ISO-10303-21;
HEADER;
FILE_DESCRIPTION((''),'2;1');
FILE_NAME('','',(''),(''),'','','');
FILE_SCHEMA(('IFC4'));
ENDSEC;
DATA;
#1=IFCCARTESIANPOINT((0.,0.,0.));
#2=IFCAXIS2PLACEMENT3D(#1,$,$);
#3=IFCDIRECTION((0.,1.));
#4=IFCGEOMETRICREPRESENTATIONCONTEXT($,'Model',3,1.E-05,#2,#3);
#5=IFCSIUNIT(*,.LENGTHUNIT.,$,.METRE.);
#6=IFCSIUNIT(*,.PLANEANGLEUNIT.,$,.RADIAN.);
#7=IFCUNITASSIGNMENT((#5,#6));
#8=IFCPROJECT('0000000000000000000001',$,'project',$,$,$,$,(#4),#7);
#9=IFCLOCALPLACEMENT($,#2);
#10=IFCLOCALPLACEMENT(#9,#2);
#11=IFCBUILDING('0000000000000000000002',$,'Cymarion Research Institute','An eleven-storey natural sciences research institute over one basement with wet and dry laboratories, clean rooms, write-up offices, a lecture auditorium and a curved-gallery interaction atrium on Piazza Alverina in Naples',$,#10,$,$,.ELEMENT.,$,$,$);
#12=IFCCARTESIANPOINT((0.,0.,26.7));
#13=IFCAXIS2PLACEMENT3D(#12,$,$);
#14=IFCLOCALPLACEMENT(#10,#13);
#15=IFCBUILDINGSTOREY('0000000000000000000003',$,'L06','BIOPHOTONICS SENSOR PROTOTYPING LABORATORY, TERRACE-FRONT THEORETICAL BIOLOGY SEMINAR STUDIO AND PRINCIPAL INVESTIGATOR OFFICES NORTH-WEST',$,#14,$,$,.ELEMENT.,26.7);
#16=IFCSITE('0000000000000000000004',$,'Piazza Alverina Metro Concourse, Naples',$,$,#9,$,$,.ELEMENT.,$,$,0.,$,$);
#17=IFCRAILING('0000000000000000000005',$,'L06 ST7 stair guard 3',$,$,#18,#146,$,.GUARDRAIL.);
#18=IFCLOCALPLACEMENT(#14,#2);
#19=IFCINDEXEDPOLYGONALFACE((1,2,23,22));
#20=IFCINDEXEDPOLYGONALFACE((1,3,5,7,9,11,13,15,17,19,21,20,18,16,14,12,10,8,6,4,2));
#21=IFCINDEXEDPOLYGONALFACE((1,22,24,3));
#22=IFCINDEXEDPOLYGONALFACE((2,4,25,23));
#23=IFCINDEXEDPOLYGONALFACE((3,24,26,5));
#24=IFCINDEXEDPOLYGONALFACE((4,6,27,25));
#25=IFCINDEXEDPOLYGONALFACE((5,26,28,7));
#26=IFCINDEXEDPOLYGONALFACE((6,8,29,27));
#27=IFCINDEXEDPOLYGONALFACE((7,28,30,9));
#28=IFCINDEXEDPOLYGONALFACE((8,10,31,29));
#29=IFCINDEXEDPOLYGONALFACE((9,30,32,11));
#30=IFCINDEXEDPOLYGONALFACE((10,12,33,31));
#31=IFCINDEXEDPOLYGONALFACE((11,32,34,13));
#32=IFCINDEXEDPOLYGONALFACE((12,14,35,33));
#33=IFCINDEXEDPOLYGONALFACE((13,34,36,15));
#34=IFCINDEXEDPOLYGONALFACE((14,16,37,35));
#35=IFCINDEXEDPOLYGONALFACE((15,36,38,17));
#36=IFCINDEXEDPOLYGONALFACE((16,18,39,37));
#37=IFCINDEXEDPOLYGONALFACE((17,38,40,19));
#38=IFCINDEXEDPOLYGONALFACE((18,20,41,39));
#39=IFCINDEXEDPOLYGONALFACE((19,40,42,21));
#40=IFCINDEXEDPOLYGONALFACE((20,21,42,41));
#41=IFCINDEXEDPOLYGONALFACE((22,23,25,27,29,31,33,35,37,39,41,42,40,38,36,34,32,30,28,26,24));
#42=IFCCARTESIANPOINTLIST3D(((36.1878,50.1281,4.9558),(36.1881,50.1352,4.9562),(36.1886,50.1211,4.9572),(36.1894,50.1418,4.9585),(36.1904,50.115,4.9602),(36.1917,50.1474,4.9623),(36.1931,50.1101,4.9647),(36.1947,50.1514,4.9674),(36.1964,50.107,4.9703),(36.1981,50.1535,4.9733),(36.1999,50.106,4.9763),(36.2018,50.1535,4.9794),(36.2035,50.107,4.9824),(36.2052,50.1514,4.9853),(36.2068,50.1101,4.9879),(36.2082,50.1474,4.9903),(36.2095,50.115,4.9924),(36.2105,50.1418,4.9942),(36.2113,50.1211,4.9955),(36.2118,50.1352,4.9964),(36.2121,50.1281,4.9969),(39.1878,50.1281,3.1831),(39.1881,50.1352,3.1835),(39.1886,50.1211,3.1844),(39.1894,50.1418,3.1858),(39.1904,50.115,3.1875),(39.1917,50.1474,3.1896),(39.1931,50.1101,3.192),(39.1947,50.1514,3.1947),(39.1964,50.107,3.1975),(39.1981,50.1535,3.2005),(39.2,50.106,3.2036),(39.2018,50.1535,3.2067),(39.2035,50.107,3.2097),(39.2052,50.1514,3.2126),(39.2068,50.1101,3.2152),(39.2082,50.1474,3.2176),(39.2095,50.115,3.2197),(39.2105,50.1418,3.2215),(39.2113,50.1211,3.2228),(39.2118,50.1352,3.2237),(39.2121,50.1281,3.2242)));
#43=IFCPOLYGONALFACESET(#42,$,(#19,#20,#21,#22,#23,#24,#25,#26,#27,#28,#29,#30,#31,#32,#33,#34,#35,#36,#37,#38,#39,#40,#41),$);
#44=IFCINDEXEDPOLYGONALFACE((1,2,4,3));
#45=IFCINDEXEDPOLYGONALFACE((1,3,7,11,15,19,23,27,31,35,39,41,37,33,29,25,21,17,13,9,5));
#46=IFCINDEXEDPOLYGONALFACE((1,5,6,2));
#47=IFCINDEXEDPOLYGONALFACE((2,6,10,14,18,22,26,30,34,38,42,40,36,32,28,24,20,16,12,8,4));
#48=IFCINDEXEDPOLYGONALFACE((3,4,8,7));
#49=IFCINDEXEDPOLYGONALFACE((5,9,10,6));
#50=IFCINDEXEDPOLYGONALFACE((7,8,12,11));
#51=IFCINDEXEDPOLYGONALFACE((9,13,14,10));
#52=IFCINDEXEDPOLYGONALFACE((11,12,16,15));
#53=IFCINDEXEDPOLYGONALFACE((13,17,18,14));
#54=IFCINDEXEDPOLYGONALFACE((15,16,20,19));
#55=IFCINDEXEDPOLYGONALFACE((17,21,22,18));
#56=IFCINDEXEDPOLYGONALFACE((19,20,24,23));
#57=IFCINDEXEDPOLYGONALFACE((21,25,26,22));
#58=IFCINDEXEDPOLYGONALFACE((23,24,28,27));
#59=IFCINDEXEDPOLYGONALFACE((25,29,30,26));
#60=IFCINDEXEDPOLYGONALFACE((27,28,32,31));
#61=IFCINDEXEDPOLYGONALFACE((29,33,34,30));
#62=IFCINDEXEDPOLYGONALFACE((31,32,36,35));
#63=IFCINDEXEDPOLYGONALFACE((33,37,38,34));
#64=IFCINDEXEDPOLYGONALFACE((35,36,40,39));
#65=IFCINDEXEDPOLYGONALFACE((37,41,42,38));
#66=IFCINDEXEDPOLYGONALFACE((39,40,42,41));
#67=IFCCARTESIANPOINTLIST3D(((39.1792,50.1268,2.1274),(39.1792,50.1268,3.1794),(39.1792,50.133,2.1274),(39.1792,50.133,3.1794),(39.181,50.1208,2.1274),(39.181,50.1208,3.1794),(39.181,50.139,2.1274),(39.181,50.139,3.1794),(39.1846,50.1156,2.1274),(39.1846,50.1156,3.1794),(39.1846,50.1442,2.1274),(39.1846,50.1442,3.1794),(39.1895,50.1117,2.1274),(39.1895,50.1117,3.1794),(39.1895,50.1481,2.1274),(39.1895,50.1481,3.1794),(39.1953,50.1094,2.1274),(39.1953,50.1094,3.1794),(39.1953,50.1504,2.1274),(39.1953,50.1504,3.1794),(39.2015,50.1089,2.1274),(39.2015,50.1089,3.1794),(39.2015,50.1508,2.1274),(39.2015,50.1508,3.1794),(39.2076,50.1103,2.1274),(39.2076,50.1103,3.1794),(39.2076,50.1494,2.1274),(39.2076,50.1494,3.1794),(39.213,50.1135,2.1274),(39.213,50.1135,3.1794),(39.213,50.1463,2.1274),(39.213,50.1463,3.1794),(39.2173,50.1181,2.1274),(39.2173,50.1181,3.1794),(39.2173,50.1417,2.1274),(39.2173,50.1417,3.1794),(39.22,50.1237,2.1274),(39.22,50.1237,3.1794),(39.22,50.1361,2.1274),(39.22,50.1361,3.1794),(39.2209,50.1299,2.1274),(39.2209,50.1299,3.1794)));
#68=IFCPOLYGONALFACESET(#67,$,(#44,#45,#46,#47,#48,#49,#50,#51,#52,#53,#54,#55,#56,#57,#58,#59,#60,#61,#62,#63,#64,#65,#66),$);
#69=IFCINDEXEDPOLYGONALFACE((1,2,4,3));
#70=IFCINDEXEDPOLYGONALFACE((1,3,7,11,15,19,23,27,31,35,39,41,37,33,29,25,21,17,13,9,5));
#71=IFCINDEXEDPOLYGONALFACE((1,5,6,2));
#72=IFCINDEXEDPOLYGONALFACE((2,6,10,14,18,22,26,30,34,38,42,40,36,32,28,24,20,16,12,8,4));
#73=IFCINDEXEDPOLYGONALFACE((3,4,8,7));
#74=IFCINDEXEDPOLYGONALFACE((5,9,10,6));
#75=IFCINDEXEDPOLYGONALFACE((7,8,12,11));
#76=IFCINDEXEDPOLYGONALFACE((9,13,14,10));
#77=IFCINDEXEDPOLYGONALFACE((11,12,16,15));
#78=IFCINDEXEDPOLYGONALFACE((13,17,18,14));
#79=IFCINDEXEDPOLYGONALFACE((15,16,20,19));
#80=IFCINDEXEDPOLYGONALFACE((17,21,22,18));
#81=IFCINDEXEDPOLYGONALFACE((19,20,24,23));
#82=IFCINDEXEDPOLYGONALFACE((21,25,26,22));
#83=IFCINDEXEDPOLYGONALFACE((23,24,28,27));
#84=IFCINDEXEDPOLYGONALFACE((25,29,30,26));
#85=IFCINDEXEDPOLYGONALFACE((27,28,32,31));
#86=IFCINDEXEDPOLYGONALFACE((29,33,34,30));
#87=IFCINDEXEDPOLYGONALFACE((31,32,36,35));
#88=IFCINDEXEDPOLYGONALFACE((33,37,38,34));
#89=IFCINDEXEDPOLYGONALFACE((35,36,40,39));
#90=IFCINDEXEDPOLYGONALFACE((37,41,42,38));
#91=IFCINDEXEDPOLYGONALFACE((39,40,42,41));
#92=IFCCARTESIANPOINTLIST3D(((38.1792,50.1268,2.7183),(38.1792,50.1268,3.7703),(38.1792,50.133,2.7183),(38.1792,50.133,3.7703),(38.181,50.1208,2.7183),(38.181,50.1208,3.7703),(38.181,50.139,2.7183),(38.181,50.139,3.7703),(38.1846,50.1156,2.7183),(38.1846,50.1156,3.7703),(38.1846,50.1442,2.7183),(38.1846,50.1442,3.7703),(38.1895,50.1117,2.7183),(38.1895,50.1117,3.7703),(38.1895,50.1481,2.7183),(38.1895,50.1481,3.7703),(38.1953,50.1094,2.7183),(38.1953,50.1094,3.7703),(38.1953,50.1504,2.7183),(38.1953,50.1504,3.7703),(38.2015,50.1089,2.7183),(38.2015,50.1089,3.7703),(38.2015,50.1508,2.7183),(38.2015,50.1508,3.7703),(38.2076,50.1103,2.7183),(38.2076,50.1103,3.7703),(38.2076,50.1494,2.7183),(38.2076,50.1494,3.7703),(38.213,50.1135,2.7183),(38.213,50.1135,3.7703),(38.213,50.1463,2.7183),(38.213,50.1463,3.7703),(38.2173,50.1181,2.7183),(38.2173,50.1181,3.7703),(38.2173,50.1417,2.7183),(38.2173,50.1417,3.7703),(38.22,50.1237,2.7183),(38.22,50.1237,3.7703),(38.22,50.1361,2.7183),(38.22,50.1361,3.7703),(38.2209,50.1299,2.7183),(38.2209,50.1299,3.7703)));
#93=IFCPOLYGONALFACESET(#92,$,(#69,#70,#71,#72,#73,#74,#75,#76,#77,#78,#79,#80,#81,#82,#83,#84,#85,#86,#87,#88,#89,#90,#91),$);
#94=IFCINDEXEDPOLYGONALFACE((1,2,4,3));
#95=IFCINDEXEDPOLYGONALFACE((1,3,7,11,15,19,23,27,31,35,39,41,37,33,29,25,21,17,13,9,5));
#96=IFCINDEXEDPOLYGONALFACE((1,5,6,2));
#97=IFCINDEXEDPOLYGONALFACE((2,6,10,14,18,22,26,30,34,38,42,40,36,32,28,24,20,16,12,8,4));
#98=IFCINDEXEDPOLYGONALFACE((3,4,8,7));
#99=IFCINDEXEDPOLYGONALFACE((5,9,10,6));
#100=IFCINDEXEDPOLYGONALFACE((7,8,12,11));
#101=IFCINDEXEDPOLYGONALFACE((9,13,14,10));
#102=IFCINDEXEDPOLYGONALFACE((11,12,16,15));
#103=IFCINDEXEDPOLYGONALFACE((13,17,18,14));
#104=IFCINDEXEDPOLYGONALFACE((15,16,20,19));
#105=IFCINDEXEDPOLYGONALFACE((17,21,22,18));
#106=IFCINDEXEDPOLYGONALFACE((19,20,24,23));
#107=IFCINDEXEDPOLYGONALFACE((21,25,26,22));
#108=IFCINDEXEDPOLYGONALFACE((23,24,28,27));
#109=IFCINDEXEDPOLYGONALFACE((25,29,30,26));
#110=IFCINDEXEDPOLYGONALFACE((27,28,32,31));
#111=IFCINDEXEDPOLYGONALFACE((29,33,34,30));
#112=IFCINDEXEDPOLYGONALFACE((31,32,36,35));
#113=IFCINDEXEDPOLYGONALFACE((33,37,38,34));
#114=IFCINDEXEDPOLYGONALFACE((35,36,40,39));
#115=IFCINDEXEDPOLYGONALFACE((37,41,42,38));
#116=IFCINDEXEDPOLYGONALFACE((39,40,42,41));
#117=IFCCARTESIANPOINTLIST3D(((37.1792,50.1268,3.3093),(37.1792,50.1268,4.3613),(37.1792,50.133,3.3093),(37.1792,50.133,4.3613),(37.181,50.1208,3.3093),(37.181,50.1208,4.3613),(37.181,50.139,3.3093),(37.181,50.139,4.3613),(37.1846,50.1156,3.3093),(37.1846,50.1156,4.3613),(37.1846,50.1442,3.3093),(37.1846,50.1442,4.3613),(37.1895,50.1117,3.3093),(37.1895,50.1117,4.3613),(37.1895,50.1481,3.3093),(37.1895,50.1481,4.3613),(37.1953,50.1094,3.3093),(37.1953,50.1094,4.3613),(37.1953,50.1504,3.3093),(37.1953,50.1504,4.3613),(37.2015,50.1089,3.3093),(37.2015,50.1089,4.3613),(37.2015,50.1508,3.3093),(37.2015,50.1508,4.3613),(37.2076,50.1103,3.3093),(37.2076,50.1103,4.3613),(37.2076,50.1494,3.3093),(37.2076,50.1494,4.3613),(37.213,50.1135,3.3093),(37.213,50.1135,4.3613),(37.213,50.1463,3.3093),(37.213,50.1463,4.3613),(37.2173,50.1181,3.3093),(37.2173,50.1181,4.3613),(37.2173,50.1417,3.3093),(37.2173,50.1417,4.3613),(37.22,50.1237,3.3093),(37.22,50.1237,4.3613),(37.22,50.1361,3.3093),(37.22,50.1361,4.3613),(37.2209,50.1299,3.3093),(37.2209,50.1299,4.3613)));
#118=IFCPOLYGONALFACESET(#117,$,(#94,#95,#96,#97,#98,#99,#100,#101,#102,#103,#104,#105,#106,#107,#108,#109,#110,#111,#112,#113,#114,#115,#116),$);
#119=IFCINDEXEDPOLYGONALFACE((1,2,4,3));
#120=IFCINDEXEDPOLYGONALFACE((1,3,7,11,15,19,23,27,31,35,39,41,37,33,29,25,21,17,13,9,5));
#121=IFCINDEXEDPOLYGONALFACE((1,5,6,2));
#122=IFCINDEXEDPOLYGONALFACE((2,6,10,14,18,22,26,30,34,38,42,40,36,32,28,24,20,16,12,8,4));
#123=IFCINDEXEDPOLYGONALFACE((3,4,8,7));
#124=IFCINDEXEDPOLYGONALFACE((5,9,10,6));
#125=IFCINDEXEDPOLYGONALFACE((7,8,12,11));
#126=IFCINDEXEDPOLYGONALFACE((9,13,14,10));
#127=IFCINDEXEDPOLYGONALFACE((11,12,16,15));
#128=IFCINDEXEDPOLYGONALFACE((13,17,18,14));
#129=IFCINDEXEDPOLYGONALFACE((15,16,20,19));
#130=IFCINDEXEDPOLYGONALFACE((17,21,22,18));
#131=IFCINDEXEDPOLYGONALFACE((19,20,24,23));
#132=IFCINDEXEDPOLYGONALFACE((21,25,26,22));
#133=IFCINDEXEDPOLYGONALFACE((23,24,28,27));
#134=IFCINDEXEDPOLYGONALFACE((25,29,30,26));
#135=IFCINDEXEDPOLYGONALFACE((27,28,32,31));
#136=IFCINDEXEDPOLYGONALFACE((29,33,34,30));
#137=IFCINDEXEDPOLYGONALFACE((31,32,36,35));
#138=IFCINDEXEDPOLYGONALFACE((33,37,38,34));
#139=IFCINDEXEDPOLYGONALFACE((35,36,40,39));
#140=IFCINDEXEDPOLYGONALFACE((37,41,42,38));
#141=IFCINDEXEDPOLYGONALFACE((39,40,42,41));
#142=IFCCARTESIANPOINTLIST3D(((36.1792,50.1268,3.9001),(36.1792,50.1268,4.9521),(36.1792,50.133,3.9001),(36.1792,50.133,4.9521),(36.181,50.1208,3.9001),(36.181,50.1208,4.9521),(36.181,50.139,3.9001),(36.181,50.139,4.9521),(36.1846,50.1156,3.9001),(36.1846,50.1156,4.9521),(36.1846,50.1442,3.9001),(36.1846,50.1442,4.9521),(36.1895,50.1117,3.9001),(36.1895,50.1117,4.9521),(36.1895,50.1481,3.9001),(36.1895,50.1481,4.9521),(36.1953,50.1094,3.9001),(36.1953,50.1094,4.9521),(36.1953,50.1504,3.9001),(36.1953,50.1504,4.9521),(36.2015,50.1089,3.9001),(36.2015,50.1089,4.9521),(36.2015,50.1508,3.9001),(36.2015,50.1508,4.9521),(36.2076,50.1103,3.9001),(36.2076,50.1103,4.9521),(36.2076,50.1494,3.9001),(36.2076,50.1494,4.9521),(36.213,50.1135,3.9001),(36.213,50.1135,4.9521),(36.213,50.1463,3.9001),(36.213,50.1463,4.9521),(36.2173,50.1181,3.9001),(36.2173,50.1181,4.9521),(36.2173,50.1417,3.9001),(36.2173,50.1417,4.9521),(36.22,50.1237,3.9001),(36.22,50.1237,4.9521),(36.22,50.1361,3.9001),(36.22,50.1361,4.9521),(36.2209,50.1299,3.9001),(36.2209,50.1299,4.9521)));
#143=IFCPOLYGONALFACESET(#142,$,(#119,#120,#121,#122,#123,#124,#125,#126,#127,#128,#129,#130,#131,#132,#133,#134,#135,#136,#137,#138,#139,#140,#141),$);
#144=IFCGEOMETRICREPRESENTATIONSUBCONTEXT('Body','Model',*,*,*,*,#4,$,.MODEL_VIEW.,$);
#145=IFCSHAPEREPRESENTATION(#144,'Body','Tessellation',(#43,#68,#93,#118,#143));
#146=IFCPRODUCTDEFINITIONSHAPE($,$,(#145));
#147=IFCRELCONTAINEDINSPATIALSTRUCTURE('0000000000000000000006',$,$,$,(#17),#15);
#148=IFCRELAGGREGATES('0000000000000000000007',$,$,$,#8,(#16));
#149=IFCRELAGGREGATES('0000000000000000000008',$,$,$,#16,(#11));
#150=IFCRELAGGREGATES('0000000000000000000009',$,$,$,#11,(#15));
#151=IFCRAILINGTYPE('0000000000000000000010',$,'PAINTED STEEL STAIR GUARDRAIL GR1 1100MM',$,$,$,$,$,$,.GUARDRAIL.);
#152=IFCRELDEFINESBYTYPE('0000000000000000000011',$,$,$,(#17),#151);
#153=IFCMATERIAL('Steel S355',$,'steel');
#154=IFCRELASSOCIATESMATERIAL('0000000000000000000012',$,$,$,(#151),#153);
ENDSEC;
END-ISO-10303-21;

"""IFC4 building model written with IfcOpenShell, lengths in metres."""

from ifc_helpers import new_model, si_unit, direction, frame, origin, origin_2d, place, context, subcontext, project, spatial, circle, extrude, material, type_object, element, save


model = new_model("IFC4")

# Units and contexts
model_context = context("Model", 3, precision=1e-05, world=origin(), true_north=direction((0.0, 1.0)))
body_context = subcontext(model_context, "Body", "Model", "MODEL_VIEW")
ifc_project = project(units=[si_unit("LENGTHUNIT", "METRE"), si_unit("PLANEANGLEUNIT", "RADIAN")], contexts=[model_context])

# Site, building, storey
site_placement = place(None, origin())
site = spatial("IfcSite", under=ifc_project, at=site_placement, Name="Piazza Alverina Metro Concourse, Naples", CompositionType="ELEMENT", RefElevation=0.0)
building_placement = place(site_placement, origin())
building = spatial("IfcBuilding", under=site, at=building_placement, Name="Cymarion Research Institute", Description="An eleven-storey natural sciences research institute over one basement with wet and dry laboratories, clean rooms, write-up offices, a lecture auditorium and a curved-gallery interaction atrium on Piazza Alverina in Naples", CompositionType="ELEMENT")
storey_placement = place(building_placement, frame((0.0, 0.0, 26.7)))
storey = spatial("IfcBuildingStorey", under=building, at=storey_placement, Name="L06", Description="BIOPHOTONICS SENSOR PROTOTYPING LABORATORY, TERRACE-FRONT THEORETICAL BIOLOGY SEMINAR STUDIO AND PRINCIPAL INVESTIGATOR OFFICES NORTH-WEST", CompositionType="ELEMENT", Elevation=26.7)

# Shared definitions
ifc_material_1 = material(Name="Steel S355", Category="steel")

# Railing
railing_type_1 = type_object("IfcRailingType", Name="PAINTED STEEL STAIR GUARDRAIL GR1 1100MM", PredefinedType="GUARDRAIL", material=ifc_material_1)
railing_1_placement = place(storey_placement, frame((39.2, 50.1299, 2.1274)))
element("IfcRailing", 1, at=railing_1_placement, inside=storey, type_object=railing_type_1, Name="L06 ST7 stair guard 3", PredefinedType="GUARDRAIL", context=body_context, shape_type="SweptSolid", body=[
    extrude(circle(Radius=0.0239, at=origin_2d()), frame((0.0, 0.0, 1.0762), z_axis=(-0.860929, 0.0, 0.508725), x_axis=(0.0, -1.0, 0.0)), (0.0, 0.0, 1.0), 3.4846),
    extrude(circle(Radius=0.021, at=origin_2d()), origin(), (0.0, 0.0, 1.0), 1.052),
    extrude(circle(Radius=0.021, at=origin_2d()), frame((-1.0, 0.0, 0.5908)), (0.0, 0.0, 1.0), 1.052),
    extrude(circle(Radius=0.021, at=origin_2d()), frame((-2.0, 0.0, 1.1819)), (0.0, 0.0, 1.0), 1.052),
    extrude(circle(Radius=0.021, at=origin_2d()), frame((-3.0, 0.0, 1.7727)), (0.0, 0.0, 1.0), 1.052),
])

save(model, "model.ifc")
